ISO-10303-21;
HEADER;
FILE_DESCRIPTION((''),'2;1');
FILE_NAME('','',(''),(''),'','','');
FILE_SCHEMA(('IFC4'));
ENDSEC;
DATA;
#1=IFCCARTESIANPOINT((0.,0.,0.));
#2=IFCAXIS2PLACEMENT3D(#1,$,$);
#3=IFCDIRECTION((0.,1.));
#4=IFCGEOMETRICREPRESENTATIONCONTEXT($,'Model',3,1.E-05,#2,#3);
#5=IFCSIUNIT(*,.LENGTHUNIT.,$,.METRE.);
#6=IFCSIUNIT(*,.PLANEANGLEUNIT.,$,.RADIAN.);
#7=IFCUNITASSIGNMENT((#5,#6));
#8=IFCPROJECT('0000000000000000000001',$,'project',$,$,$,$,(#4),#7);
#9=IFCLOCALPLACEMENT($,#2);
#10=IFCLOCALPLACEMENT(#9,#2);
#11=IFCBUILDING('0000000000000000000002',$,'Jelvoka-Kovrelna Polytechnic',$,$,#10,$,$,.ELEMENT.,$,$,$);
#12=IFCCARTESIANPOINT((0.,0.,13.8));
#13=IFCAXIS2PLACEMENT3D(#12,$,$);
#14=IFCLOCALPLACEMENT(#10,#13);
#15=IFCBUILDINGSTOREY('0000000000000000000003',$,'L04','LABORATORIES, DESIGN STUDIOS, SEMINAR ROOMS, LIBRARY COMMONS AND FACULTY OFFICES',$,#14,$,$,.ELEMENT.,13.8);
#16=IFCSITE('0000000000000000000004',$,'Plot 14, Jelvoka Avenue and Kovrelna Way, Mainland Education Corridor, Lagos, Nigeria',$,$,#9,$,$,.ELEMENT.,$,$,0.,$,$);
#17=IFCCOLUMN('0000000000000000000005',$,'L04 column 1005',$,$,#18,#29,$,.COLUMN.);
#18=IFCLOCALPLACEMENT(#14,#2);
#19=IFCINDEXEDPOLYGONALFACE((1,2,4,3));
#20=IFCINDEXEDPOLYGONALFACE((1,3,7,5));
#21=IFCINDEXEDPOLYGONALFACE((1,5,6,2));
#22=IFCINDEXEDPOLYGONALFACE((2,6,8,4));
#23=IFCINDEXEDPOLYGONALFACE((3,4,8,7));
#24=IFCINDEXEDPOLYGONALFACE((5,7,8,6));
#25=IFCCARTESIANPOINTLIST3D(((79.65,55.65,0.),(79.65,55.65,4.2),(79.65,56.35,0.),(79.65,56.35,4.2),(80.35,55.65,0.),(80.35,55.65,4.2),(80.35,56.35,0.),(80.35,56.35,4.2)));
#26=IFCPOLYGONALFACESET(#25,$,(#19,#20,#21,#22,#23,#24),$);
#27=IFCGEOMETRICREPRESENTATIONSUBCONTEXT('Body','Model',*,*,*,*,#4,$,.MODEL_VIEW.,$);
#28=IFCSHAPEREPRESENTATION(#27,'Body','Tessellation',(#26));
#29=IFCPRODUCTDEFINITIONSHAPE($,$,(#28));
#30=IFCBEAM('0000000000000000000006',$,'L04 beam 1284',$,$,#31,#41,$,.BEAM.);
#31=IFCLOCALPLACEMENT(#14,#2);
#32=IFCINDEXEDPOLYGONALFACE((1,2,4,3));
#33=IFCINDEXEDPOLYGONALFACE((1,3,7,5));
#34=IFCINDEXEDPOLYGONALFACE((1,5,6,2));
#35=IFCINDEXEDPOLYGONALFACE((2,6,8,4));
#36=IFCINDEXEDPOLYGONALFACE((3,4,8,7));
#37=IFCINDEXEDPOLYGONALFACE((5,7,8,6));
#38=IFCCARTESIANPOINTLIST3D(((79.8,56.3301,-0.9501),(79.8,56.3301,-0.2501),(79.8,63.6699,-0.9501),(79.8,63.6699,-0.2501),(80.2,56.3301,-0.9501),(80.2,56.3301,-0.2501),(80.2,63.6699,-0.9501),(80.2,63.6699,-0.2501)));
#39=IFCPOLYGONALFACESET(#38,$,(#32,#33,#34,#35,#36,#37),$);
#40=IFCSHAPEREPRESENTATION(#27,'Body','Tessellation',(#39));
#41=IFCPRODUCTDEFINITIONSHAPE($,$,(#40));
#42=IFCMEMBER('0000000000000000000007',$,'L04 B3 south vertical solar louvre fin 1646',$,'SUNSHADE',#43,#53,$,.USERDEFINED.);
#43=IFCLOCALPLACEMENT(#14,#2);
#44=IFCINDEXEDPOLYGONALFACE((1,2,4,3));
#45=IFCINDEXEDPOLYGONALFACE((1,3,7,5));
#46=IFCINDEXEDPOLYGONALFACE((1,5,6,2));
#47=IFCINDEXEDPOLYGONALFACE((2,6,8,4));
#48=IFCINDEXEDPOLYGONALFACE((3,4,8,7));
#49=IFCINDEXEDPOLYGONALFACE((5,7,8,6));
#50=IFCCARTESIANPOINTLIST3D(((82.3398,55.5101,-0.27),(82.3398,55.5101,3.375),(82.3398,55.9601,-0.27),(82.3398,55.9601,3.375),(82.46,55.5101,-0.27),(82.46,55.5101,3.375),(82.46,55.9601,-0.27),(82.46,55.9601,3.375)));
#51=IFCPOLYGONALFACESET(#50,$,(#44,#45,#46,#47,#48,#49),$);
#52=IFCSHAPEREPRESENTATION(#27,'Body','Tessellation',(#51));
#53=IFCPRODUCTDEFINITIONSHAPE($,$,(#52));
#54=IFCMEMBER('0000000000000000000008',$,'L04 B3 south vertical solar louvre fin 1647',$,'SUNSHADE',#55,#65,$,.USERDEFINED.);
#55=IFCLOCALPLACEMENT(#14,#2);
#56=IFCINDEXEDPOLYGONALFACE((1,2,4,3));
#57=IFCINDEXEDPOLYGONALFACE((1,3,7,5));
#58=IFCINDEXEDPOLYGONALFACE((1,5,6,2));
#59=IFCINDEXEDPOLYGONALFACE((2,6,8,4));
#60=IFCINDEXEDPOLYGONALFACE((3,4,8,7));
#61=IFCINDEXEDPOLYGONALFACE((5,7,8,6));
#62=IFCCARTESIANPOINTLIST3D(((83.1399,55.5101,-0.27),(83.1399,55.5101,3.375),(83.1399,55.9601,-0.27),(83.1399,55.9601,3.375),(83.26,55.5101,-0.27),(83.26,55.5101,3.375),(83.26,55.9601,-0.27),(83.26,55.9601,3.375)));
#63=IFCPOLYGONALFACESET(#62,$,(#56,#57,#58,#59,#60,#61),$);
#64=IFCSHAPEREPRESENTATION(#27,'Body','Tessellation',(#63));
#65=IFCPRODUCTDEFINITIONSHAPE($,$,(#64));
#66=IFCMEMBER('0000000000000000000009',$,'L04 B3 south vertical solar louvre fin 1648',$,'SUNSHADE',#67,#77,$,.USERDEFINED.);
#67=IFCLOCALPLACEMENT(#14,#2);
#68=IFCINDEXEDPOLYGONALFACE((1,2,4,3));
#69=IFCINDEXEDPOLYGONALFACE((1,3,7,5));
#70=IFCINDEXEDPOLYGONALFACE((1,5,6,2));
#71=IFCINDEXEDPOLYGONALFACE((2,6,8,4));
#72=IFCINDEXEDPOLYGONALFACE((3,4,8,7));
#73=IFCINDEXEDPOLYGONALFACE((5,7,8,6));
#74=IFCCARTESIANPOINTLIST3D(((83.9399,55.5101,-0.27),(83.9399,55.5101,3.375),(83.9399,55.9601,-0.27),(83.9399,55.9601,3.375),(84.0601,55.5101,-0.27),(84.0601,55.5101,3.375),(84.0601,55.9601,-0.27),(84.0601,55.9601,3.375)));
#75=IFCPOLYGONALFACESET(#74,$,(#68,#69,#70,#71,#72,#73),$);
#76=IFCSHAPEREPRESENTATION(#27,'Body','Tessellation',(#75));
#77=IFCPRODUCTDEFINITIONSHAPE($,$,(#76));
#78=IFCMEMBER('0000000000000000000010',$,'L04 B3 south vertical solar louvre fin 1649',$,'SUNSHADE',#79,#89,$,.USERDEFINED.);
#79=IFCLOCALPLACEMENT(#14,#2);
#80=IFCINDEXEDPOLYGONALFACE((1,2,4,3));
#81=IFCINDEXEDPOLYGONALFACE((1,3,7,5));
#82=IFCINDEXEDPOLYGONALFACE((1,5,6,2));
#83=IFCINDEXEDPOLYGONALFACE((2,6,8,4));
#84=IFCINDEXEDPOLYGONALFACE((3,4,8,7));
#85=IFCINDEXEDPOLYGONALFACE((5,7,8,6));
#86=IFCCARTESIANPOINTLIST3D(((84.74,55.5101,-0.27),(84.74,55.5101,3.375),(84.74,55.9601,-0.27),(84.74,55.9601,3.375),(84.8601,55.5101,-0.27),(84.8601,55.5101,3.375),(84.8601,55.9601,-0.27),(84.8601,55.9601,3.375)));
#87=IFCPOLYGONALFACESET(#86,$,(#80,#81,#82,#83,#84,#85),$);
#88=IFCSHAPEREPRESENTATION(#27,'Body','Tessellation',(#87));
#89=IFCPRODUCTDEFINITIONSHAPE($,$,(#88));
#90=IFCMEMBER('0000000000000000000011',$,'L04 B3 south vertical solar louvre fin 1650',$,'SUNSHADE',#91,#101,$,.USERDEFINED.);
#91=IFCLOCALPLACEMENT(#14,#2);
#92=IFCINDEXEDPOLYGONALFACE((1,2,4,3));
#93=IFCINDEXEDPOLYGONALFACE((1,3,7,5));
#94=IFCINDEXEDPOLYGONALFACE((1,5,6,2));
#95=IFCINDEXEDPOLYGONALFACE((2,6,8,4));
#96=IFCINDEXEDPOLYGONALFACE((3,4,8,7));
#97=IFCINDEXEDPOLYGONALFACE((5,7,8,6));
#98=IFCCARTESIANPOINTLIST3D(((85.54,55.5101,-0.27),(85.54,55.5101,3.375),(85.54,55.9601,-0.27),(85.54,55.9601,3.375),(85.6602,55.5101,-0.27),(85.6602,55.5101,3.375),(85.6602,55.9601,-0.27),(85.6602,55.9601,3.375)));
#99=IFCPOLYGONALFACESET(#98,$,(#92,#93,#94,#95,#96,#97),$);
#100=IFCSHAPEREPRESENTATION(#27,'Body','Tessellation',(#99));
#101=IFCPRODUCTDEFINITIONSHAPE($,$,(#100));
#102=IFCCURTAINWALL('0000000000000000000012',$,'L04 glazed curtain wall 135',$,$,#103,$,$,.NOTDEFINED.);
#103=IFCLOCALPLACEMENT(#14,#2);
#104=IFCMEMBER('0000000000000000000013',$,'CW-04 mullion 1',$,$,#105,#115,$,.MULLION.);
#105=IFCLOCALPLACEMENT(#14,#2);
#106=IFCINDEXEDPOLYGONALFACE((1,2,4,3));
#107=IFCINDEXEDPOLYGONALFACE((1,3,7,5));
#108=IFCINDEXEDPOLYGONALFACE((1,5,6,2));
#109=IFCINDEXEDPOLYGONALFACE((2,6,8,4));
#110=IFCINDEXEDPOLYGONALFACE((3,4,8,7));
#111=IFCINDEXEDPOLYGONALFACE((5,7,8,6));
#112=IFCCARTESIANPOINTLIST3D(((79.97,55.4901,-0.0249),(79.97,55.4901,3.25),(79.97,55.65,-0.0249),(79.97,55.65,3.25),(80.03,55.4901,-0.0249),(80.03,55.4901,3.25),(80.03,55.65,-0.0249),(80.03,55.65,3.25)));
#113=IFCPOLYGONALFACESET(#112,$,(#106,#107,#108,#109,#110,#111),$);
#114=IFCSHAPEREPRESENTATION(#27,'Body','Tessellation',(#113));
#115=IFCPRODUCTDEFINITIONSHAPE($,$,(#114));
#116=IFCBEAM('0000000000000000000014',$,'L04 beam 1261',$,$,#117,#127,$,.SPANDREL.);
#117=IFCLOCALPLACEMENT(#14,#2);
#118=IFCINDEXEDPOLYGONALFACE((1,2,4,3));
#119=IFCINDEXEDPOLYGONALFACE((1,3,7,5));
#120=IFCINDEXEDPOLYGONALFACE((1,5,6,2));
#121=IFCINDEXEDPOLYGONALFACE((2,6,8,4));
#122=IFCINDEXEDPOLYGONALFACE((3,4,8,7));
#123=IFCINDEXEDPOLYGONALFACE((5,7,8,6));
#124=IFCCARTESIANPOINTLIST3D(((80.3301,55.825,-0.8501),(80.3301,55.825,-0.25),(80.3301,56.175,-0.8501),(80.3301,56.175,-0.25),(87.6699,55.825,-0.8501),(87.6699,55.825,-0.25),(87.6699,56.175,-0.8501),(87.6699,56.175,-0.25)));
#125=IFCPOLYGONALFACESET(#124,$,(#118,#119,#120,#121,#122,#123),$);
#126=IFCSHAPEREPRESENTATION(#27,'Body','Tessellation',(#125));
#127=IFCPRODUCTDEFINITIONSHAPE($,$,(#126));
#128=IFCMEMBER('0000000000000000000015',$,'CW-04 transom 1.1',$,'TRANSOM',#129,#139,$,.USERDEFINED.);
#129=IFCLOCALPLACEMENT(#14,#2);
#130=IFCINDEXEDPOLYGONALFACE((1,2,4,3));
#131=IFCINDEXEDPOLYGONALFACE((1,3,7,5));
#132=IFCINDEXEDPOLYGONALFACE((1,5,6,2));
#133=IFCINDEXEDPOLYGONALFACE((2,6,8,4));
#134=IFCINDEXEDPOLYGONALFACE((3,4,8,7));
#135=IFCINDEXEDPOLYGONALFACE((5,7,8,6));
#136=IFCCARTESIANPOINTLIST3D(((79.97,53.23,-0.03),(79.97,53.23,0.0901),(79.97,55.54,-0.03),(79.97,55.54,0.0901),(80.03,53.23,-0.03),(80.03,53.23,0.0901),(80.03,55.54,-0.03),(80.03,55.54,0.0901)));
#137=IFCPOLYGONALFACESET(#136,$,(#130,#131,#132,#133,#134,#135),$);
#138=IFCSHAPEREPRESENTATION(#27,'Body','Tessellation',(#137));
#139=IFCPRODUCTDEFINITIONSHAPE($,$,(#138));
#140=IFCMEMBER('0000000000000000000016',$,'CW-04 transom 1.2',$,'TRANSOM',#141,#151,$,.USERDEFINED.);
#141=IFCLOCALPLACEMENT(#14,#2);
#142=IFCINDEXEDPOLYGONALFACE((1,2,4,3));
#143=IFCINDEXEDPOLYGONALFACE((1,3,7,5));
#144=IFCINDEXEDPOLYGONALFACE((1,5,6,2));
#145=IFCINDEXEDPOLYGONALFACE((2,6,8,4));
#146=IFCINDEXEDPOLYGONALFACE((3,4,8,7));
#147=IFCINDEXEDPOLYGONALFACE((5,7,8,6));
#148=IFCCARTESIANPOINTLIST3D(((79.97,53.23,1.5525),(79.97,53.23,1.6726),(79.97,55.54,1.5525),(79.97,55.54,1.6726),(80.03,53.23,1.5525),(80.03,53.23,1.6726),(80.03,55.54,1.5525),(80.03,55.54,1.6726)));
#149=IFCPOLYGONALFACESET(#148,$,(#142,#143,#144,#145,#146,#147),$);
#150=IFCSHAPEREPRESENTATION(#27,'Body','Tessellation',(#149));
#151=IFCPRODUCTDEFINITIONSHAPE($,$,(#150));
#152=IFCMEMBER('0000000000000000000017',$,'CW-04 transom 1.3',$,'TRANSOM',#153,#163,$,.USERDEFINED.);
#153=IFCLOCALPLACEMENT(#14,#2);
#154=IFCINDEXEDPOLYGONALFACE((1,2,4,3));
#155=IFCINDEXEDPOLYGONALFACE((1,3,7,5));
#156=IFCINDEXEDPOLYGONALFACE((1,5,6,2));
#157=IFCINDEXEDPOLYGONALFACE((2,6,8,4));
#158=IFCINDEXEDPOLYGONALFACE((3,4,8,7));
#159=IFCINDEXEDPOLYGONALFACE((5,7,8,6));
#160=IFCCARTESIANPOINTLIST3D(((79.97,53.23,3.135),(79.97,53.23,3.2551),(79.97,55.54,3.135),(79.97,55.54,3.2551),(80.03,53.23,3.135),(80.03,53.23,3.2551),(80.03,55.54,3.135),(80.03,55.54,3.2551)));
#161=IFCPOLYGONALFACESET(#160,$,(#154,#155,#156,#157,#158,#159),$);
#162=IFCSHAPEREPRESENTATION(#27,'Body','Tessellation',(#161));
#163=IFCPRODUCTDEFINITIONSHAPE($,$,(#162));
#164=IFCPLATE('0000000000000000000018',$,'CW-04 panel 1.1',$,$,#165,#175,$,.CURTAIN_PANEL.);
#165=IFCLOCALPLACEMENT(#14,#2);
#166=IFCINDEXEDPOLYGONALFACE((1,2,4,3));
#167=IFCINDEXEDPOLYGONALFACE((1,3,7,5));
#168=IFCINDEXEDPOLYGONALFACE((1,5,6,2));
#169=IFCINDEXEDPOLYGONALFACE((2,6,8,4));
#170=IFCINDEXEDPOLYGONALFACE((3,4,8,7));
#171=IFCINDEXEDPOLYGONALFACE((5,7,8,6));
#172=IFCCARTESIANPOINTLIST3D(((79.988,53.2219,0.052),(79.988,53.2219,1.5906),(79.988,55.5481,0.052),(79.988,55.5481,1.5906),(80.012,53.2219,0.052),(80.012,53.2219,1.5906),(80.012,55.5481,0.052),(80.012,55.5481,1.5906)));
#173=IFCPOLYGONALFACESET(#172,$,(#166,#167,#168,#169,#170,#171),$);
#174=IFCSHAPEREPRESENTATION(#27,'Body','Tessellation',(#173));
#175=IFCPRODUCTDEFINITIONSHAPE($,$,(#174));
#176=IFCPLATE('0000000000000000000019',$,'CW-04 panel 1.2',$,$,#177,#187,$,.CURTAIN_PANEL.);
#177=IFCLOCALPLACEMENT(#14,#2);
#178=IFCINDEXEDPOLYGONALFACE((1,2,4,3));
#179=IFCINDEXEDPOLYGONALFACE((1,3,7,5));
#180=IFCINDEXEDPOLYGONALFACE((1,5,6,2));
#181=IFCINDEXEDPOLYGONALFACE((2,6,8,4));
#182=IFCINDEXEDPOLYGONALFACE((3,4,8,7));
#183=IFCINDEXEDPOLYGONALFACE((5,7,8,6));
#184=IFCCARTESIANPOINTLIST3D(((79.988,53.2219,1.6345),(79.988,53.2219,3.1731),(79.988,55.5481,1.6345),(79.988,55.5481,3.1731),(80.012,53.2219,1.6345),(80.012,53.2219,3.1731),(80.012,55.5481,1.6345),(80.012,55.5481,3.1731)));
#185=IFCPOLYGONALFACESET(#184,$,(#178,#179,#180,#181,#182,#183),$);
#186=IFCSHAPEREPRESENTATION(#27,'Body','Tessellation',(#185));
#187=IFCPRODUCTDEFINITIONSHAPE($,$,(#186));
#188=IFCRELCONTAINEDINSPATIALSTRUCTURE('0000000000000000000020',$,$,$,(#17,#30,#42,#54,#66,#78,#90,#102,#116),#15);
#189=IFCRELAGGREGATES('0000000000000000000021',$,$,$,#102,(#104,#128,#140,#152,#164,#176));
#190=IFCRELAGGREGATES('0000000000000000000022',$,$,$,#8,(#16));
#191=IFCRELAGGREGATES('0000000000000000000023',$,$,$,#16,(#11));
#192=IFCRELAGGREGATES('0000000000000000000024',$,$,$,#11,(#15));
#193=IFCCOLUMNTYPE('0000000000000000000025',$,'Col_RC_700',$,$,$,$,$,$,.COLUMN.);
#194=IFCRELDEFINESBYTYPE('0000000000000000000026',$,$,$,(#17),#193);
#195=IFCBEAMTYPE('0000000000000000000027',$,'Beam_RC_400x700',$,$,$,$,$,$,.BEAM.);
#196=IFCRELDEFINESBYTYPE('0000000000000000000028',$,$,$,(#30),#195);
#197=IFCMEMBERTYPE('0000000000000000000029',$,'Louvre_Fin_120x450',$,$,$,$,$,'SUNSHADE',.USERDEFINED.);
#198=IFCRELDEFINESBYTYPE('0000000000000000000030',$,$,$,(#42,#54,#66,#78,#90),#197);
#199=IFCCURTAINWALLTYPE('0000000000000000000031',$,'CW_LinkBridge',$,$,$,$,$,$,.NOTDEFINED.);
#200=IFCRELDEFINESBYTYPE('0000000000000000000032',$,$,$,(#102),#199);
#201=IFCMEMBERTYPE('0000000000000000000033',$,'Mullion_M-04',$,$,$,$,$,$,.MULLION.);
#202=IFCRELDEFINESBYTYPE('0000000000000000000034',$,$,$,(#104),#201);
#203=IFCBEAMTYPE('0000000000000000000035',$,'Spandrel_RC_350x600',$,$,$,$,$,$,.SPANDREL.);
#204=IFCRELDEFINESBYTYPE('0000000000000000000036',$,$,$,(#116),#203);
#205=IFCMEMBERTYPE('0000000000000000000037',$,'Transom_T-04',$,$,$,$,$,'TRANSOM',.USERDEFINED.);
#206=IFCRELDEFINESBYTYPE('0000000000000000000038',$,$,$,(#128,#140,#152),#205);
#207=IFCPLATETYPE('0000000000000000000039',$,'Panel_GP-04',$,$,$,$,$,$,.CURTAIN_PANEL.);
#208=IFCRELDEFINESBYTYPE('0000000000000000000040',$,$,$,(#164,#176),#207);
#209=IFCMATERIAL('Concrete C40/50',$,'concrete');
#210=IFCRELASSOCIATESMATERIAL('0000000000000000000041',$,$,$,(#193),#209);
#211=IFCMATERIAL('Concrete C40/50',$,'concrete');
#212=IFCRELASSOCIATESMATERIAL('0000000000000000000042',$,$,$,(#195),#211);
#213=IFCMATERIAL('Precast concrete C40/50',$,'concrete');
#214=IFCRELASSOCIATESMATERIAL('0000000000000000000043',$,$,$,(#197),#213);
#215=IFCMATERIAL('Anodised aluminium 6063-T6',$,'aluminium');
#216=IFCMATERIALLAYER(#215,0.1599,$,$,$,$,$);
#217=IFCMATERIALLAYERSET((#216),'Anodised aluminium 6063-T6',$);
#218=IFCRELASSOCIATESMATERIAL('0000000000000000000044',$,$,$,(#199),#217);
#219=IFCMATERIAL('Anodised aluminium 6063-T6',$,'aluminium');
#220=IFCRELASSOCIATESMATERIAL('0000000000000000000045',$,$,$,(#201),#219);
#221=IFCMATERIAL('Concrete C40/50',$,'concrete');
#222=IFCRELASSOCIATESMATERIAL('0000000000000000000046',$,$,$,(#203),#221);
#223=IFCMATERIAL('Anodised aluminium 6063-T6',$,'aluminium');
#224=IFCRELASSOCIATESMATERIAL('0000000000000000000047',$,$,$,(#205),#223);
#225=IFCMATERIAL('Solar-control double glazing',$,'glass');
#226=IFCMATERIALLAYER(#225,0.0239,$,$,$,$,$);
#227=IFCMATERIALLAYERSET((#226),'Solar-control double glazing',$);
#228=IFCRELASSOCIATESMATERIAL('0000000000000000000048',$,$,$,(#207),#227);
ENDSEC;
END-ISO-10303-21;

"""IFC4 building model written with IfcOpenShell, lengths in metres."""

from ifc_helpers import new_model, si_unit, direction, frame, origin, origin_2d, place, context, subcontext, project, spatial, rectangle, extrude, material, layer, layer_set, material_profile, profile_set, type_object, element, aggregate, save


model = new_model("IFC4")

# Units and contexts
model_context = context("Model", 3, precision=1e-05, world=origin(), true_north=direction((0.0, 1.0)))
body_context = subcontext(model_context, "Body", "Model", "MODEL_VIEW")
ifc_project = project(units=[si_unit("LENGTHUNIT", "METRE"), si_unit("PLANEANGLEUNIT", "RADIAN")], contexts=[model_context])

# Site, building, storey
site_placement = place(None, origin())
site = spatial("IfcSite", under=ifc_project, at=site_placement, Name="Plot 14, Jelvoka Avenue and Kovrelna Way, Mainland Education Corridor, Lagos, Nigeria", CompositionType="ELEMENT", RefElevation=0.0)
building_placement = place(site_placement, origin())
building = spatial("IfcBuilding", under=site, at=building_placement, Name="Jelvoka-Kovrelna Polytechnic", CompositionType="ELEMENT")
storey_placement = place(building_placement, frame((0.0, 0.0, 13.8)))
storey = spatial("IfcBuildingStorey", under=building, at=storey_placement, Name="L04", Description="LABORATORIES, DESIGN STUDIOS, SEMINAR ROOMS, LIBRARY COMMONS AND FACULTY OFFICES", CompositionType="ELEMENT", Elevation=13.8)

# Column
ifc_material_1 = material(Name="Concrete C40/50", Category="concrete")
ifc_material_profile_1 = material_profile(ifc_material_1, rectangle(XDim=0.7, YDim=0.7, at=origin_2d()), Name="RC 700x700")
ifc_profile_set_1 = profile_set([ifc_material_profile_1], Name="Concrete C40/50")
column_type = type_object("IfcColumnType", Name="Col_RC_700", PredefinedType="COLUMN", material=ifc_profile_set_1)
column_placement = place(storey_placement, frame((80.0, 56.0, 0.0), z_axis=(0.0, 0.0, 1.0), x_axis=(1.0, 0.0, 0.0)))
element("IfcColumn", 1, at=column_placement, inside=storey, type_object=column_type, Name="L04 column 1005", PredefinedType="COLUMN", context=body_context, shape_type="SweptSolid", body=[
    extrude(rectangle(XDim=0.7, YDim=0.7, at=origin_2d()), origin(), (0.0, 0.0, 1.0), 4.2),
])

# Beam
ifc_material_2 = material(Name="Concrete C40/50", Category="concrete")
ifc_material_profile_2 = material_profile(ifc_material_2, rectangle(XDim=0.3999, YDim=0.7, at=origin_2d()), Name="RC 400x700")
ifc_profile_set_2 = profile_set([ifc_material_profile_2], Name="Concrete C40/50")
beam_type_1 = type_object("IfcBeamType", Name="Beam_RC_400x700", PredefinedType="BEAM", material=ifc_profile_set_2)
beam_1_placement = place(storey_placement, frame((80.0, 56.3301, -0.6001), z_axis=(0.0, 1.0, 0.0), x_axis=(-1.0, 0.0, 0.0)))
element("IfcBeam", 2, at=beam_1_placement, inside=storey, type_object=beam_type_1, Name="L04 beam 1284", PredefinedType="BEAM", context=body_context, shape_type="SweptSolid", body=[
    extrude(rectangle(XDim=0.3999, YDim=0.7, at=origin_2d()), origin(), (0.0, 0.0, 1.0), 7.3398),
])

# Members
ifc_material_3 = material(Name="Precast concrete C40/50", Category="concrete")
ifc_material_profile_3 = material_profile(ifc_material_3, rectangle(XDim=0.1201, YDim=0.45, at=origin_2d()), Name="PC 120x450")
ifc_profile_set_3 = profile_set([ifc_material_profile_3], Name="Precast concrete C40/50")
member_type_1 = type_object("IfcMemberType", Name="Louvre_Fin_120x450", ElementType="SUNSHADE", PredefinedType="USERDEFINED", material=ifc_profile_set_3)
for number, where, z_axis, x_axis, name in (
    (3, (82.3999, 55.7351, -0.27), (0.0, 0.0, 1.0), (1.0, 0.0, 0.0), "L04 B3 south vertical solar louvre fin 1646"),
    (4, (83.2, 55.7351, -0.27), (0.0, 0.0, 1.0), (1.0, 0.0, 0.0), "L04 B3 south vertical solar louvre fin 1647"),
    (5, (84.0, 55.7351, -0.27), (0.0, 0.0, 1.0), (1.0, 0.0, 0.0), "L04 B3 south vertical solar louvre fin 1648"),
    (6, (84.8, 55.7351, -0.27), (0.0, 0.0, 1.0), (1.0, 0.0, 0.0), "L04 B3 south vertical solar louvre fin 1649"),
    (7, (85.6001, 55.7351, -0.27), (0.0, 0.0, 1.0), (1.0, 0.0, 0.0), "L04 B3 south vertical solar louvre fin 1650"),
):
    element("IfcMember", number, at=place(storey_placement, frame(where, z_axis=z_axis, x_axis=x_axis)), inside=storey, type_object=member_type_1, Name=name, ObjectType="SUNSHADE", PredefinedType="USERDEFINED", context=body_context, shape_type="SweptSolid", body=[
        extrude(rectangle(XDim=0.1201, YDim=0.45, at=origin_2d()), origin(), (0.0, 0.0, 1.0), 3.645),
    ])

# Curtain wall, member
ifc_material_4 = material(Name="Anodised aluminium 6063-T6", Category="aluminium")
ifc_layer_1 = layer(ifc_material_4, 0.1599)
ifc_layer_set_1 = layer_set([ifc_layer_1], Name="Anodised aluminium 6063-T6")
curtain_wall_type = type_object("IfcCurtainWallType", Name="CW_LinkBridge", PredefinedType="NOTDEFINED", material=ifc_layer_set_1)
curtain_wall_placement = place(storey_placement, origin())
curtain_wall = element("IfcCurtainWall", 8, at=curtain_wall_placement, inside=storey, type_object=curtain_wall_type, Name="L04 glazed curtain wall 135", PredefinedType="NOTDEFINED")
ifc_material_5 = material(Name="Anodised aluminium 6063-T6", Category="aluminium")
ifc_material_profile_4 = material_profile(ifc_material_5, rectangle(XDim=0.0601, YDim=0.1599, at=origin_2d()), Name="ALU 60x160")
ifc_profile_set_4 = profile_set([ifc_material_profile_4], Name="Anodised aluminium 6063-T6")
member_type_2 = type_object("IfcMemberType", Name="Mullion_M-04", PredefinedType="MULLION", material=ifc_profile_set_4)
member_1_placement = place(storey_placement, frame((80.0, 55.5701, -0.0249), z_axis=(0.0, 0.0, 1.0), x_axis=(1.0, 0.0, 0.0)))
member_1 = element("IfcMember", 9, at=member_1_placement, type_object=member_type_2, Name="CW-04 mullion 1", PredefinedType="MULLION", context=body_context, shape_type="SweptSolid", body=[
    extrude(rectangle(XDim=0.0601, YDim=0.1599, at=origin_2d()), origin(), (0.0, 0.0, 1.0), 3.2749),
])

# Beam
ifc_material_6 = material(Name="Concrete C40/50", Category="concrete")
ifc_material_profile_5 = material_profile(ifc_material_6, rectangle(XDim=0.3501, YDim=0.6001, at=origin_2d()), Name="RC 350x600")
ifc_profile_set_5 = profile_set([ifc_material_profile_5], Name="Concrete C40/50")
beam_type_2 = type_object("IfcBeamType", Name="Spandrel_RC_350x600", PredefinedType="SPANDREL", material=ifc_profile_set_5)
beam_2_placement = place(storey_placement, frame((80.3301, 56.0, -0.55), z_axis=(1.0, 0.0, 0.0), x_axis=(0.0, 1.0, 0.0)))
element("IfcBeam", 10, at=beam_2_placement, inside=storey, type_object=beam_type_2, Name="L04 beam 1261", PredefinedType="SPANDREL", context=body_context, shape_type="SweptSolid", body=[
    extrude(rectangle(XDim=0.3501, YDim=0.6001, at=origin_2d()), origin(), (0.0, 0.0, 1.0), 7.3398),
])

# Members
ifc_material_7 = material(Name="Anodised aluminium 6063-T6", Category="aluminium")
ifc_material_profile_6 = material_profile(ifc_material_7, rectangle(XDim=0.0601, YDim=0.1201, at=origin_2d()), Name="ALU 60x120")
ifc_profile_set_6 = profile_set([ifc_material_profile_6], Name="Anodised aluminium 6063-T6")
member_type_3 = type_object("IfcMemberType", Name="Transom_T-04", ElementType="TRANSOM", PredefinedType="USERDEFINED", material=ifc_profile_set_6)
member_2_placement = place(storey_placement, frame((80.0, 55.54, 0.03), z_axis=(0.0, -1.0, 0.0), x_axis=(1.0, 0.0, 0.0)))
member_2 = element("IfcMember", 11, at=member_2_placement, type_object=member_type_3, Name="CW-04 transom 1.1", ObjectType="TRANSOM", PredefinedType="USERDEFINED", context=body_context, shape_type="SweptSolid", body=[
    extrude(rectangle(XDim=0.0601, YDim=0.1201, at=origin_2d()), origin(), (0.0, 0.0, 1.0), 2.3101),
])
member_3_placement = place(storey_placement, frame((80.0, 55.54, 1.6125), z_axis=(0.0, -1.0, 0.0), x_axis=(1.0, 0.0, 0.0)))
member_3 = element("IfcMember", 12, at=member_3_placement, type_object=member_type_3, Name="CW-04 transom 1.2", ObjectType="TRANSOM", PredefinedType="USERDEFINED", context=body_context, shape_type="SweptSolid", body=[
    extrude(rectangle(XDim=0.0601, YDim=0.1201, at=origin_2d()), origin(), (0.0, 0.0, 1.0), 2.3101),
])
member_4_placement = place(storey_placement, frame((80.0, 55.54, 3.1951), z_axis=(0.0, -1.0, 0.0), x_axis=(1.0, 0.0, 0.0)))
member_4 = element("IfcMember", 13, at=member_4_placement, type_object=member_type_3, Name="CW-04 transom 1.3", ObjectType="TRANSOM", PredefinedType="USERDEFINED", context=body_context, shape_type="SweptSolid", body=[
    extrude(rectangle(XDim=0.0601, YDim=0.1201, at=origin_2d()), origin(), (0.0, 0.0, 1.0), 2.3101),
])

# Plates
ifc_material_8 = material(Name="Solar-control double glazing", Category="glass")
ifc_layer_2 = layer(ifc_material_8, 0.0239)
ifc_layer_set_2 = layer_set([ifc_layer_2], Name="Solar-control double glazing")
plate_type = type_object("IfcPlateType", Name="Panel_GP-04", PredefinedType="CURTAIN_PANEL", material=ifc_layer_set_2)
plate_1_placement = place(storey_placement, frame((80.0, 54.385, 0.052), z_axis=(0.0, 0.0, 1.0), x_axis=(0.0, -1.0, 0.0)))
plate_1 = element("IfcPlate", 14, at=plate_1_placement, type_object=plate_type, Name="CW-04 panel 1.1", PredefinedType="CURTAIN_PANEL", context=body_context, shape_type="SweptSolid", body=[
    extrude(rectangle(XDim=2.3262, YDim=0.0239, at=origin_2d()), origin(), (0.0, 0.0, 1.0), 1.5386),
])
plate_2_placement = place(storey_placement, frame((80.0, 54.385, 1.6345), z_axis=(0.0, 0.0, 1.0), x_axis=(0.0, -1.0, 0.0)))
plate_2 = element("IfcPlate", 15, at=plate_2_placement, type_object=plate_type, Name="CW-04 panel 1.2", PredefinedType="CURTAIN_PANEL", context=body_context, shape_type="SweptSolid", body=[
    extrude(rectangle(XDim=2.3262, YDim=0.0239, at=origin_2d()), origin(), (0.0, 0.0, 1.0), 1.5386),
])
aggregate(curtain_wall, [member_1, member_2, member_3, member_4, plate_1, plate_2])

save(model, "model.ifc")
